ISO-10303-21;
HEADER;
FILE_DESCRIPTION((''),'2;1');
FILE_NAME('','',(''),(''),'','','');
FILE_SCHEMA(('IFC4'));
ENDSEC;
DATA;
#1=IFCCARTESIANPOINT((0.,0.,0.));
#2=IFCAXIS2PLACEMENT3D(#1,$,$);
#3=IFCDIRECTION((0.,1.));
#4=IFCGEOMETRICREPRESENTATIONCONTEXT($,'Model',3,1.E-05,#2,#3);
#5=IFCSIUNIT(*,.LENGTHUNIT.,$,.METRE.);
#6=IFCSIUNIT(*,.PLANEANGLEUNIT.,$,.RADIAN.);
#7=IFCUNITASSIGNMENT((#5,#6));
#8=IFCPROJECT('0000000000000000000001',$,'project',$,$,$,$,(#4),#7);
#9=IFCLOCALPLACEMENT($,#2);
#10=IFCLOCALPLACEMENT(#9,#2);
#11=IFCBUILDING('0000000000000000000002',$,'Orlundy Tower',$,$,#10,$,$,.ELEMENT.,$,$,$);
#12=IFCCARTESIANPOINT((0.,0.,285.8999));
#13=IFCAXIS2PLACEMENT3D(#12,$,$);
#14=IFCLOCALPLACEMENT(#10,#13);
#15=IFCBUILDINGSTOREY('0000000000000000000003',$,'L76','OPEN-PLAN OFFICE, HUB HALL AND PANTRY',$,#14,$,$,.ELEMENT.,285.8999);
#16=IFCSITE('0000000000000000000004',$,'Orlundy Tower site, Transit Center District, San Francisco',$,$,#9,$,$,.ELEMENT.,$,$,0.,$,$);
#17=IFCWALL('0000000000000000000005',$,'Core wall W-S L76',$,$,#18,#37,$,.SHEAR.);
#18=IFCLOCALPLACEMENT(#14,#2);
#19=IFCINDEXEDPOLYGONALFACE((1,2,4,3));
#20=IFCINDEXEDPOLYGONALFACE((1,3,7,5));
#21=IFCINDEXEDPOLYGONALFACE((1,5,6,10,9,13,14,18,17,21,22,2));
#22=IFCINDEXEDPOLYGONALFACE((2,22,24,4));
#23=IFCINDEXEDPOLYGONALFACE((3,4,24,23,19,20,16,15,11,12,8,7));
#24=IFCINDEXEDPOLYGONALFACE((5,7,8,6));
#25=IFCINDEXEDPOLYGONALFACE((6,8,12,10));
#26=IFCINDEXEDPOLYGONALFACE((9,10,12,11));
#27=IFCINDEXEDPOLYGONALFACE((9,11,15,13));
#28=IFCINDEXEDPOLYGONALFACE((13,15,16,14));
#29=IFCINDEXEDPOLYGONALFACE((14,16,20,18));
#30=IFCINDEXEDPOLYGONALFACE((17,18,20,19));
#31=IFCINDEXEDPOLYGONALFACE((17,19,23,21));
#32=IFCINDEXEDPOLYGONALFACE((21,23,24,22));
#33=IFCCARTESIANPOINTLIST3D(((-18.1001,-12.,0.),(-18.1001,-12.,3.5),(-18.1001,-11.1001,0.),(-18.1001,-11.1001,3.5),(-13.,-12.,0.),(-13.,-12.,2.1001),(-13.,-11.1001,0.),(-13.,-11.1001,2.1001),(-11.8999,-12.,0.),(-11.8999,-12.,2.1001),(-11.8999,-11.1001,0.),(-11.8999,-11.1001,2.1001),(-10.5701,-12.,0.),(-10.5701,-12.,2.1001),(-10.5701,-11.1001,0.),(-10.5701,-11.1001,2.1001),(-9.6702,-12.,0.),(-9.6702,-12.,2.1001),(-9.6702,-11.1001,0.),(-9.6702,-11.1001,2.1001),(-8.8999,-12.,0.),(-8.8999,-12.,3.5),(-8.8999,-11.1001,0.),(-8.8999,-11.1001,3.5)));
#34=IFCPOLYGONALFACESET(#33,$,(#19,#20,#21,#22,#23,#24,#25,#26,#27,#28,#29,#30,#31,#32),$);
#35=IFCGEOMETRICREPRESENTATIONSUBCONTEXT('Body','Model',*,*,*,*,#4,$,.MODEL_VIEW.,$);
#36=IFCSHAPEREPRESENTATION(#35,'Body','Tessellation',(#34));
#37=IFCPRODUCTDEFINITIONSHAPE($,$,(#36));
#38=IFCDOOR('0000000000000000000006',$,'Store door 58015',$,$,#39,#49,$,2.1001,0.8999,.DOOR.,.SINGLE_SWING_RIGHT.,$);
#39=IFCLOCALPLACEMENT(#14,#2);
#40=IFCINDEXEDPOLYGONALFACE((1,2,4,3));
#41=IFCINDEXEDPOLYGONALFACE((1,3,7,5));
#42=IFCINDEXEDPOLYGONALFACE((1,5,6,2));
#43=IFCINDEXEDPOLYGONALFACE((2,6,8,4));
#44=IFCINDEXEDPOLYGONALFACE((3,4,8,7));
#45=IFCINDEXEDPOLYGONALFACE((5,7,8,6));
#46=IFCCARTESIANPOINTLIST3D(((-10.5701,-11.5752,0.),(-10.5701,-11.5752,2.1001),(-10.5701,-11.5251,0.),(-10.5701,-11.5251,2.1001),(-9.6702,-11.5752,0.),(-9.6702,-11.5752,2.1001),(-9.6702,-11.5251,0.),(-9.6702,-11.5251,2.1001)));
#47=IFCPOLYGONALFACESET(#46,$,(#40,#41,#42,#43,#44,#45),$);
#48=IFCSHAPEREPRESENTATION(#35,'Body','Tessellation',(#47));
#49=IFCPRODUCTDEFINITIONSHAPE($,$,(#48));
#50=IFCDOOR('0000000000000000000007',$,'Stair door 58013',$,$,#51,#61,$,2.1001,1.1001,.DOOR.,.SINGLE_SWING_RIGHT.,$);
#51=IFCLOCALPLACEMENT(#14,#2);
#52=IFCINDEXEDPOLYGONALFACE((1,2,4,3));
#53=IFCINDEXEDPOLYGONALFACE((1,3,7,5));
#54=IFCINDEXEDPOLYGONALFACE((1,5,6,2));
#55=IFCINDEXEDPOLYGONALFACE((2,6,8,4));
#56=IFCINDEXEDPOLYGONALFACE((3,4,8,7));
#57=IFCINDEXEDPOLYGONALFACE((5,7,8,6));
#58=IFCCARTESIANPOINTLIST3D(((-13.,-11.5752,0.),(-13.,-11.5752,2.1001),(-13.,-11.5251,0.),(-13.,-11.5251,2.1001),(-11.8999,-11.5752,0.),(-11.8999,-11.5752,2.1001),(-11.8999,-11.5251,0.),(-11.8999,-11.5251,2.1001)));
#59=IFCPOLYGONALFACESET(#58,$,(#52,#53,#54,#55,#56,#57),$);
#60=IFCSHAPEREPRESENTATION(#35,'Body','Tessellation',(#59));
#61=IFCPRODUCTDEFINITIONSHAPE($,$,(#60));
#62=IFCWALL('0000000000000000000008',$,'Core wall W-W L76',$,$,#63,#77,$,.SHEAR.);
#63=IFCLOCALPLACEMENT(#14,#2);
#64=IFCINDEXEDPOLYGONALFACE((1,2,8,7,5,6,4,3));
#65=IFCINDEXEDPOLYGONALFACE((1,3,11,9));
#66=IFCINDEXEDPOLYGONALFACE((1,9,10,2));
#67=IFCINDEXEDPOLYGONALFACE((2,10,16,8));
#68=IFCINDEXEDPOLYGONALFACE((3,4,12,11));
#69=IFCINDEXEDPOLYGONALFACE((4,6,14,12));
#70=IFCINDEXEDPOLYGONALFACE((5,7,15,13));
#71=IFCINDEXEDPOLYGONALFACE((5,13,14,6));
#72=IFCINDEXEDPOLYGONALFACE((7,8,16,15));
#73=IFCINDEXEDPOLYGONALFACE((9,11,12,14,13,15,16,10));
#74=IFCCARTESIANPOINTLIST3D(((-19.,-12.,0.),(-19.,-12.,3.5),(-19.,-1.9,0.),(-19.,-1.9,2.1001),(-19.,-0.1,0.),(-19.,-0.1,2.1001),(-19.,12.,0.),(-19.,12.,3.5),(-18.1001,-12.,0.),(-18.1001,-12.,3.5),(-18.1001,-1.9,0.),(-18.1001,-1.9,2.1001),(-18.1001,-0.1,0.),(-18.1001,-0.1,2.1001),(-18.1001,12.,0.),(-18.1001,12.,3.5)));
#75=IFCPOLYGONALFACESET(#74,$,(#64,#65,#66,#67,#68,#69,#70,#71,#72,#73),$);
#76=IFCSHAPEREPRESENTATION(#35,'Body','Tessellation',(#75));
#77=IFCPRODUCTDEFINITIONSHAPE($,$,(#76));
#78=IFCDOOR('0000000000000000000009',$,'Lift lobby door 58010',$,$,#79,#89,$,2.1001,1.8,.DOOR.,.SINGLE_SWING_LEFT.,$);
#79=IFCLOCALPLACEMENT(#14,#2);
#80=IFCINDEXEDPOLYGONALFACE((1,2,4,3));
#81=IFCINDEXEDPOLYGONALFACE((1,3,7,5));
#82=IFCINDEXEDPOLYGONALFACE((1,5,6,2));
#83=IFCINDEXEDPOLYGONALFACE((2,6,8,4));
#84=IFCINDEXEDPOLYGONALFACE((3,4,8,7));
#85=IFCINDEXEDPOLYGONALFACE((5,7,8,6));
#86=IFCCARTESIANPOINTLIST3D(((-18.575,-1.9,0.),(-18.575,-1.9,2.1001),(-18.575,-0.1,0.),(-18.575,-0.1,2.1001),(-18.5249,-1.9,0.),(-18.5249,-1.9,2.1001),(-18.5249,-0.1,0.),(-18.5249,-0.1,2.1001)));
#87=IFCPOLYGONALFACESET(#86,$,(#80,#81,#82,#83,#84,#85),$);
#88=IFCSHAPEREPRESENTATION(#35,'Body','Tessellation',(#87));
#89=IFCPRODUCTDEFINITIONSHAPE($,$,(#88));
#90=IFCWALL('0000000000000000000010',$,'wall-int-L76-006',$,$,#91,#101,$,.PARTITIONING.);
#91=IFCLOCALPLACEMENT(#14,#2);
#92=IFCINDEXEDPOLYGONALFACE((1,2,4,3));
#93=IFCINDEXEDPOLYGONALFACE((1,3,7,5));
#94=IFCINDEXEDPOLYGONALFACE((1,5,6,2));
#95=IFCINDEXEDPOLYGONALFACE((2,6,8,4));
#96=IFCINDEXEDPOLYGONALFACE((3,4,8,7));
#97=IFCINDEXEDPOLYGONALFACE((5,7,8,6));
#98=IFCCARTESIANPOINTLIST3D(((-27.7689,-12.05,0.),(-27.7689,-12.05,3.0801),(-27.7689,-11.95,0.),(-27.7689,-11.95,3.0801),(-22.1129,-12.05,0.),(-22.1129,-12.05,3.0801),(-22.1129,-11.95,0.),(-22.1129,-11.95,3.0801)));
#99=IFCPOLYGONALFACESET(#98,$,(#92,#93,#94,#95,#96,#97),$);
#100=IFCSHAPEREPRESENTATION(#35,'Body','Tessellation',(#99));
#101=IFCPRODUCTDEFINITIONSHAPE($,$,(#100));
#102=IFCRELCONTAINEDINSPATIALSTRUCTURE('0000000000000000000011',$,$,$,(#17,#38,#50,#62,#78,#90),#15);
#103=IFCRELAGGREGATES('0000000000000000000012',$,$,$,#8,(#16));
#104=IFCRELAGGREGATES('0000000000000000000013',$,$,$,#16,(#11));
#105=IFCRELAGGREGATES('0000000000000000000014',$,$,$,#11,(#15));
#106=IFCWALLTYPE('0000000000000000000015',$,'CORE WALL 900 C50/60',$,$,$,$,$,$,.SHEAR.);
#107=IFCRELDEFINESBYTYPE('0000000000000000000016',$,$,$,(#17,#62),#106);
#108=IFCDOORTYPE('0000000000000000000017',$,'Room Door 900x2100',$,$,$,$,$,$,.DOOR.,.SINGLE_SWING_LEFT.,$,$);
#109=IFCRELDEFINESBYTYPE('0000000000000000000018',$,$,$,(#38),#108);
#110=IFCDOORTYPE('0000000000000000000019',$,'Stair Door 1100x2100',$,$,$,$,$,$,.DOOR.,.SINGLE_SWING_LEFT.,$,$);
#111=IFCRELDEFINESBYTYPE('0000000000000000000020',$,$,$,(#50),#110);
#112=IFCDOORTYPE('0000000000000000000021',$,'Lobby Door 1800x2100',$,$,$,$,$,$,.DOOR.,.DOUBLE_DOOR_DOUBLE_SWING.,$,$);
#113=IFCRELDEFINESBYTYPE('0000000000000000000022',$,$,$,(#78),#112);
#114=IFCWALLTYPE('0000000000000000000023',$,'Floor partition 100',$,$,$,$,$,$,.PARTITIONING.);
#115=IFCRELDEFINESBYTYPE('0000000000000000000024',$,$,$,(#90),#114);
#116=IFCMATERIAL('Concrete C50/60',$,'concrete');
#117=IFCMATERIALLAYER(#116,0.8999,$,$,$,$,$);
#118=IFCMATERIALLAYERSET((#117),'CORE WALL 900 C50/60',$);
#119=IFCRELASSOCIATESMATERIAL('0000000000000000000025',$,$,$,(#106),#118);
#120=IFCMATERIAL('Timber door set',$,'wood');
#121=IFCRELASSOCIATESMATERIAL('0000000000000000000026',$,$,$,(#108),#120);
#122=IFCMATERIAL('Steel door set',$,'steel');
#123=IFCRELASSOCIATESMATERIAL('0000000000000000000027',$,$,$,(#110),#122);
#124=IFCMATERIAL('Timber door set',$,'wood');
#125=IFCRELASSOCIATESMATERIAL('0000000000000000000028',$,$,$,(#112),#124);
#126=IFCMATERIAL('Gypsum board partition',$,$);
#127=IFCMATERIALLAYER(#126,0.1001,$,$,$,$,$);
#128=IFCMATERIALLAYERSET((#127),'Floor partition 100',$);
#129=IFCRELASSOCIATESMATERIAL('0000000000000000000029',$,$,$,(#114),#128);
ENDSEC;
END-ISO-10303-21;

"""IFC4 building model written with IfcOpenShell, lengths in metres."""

from ifc_helpers import new_model, si_unit, direction, frame, frame_2d, origin, place, context, subcontext, project, spatial, rectangle, extrude, material, layer, layer_set, type_object, element, fill, save


model = new_model("IFC4")

# Units and contexts
model_context = context("Model", 3, precision=1e-05, world=origin(), true_north=direction((0.0, 1.0)))
body_context = subcontext(model_context, "Body", "Model", "MODEL_VIEW")
ifc_project = project(units=[si_unit("LENGTHUNIT", "METRE"), si_unit("PLANEANGLEUNIT", "RADIAN")], contexts=[model_context])

# Site, building, storey
site_placement = place(None, origin())
site = spatial("IfcSite", under=ifc_project, at=site_placement, Name="Orlundy Tower site, Transit Center District, San Francisco", CompositionType="ELEMENT", RefElevation=0.0)
building_placement = place(site_placement, origin())
building = spatial("IfcBuilding", under=site, at=building_placement, Name="Orlundy Tower", CompositionType="ELEMENT")
storey_placement = place(building_placement, frame((0.0, 0.0, 285.8999)))
storey = spatial("IfcBuildingStorey", under=building, at=storey_placement, Name="L76", Description="OPEN-PLAN OFFICE, HUB HALL AND PANTRY", CompositionType="ELEMENT", Elevation=285.8999)

# Wall, openings, doors
ifc_material_1 = material(Name="Concrete C50/60", Category="concrete")
ifc_layer_1 = layer(ifc_material_1, 0.8999)
ifc_layer_set_1 = layer_set([ifc_layer_1], Name="CORE WALL 900 C50/60")
wall_type_1 = type_object("IfcWallType", Name="CORE WALL 900 C50/60", PredefinedType="SHEAR", material=ifc_layer_set_1)
wall_1_placement = place(storey_placement, frame((-18.1001, -11.55, 0.0), z_axis=(0.0, 0.0, 1.0), x_axis=(1.0, 0.0, 0.0)))
wall_1 = element("IfcWall", 1, at=wall_1_placement, inside=storey, type_object=wall_type_1, Name="Core wall W-S L76", PredefinedType="SHEAR", context=body_context, shape_type="SweptSolid", body=[
    extrude(rectangle(XDim=9.2002, YDim=0.8999, at=frame_2d((4.6001, 0.0))), origin(), (0.0, 0.0, 1.0), 3.5),
])
opening_1_placement = place(wall_1_placement, frame((5.1001, 0.0, 0.0)))
opening_1 = element("IfcOpeningElement", 2, at=opening_1_placement, cuts=wall_1, PredefinedType="OPENING", context=body_context, shape_type="SweptSolid", body=[
    extrude(rectangle(XDim=1.1001, YDim=2.1001, at=frame_2d((0.55, 1.05))), frame((0.0, 0.46, 0.0), z_axis=(0.0, -1.0, 0.0), x_axis=(1.0, 0.0, 0.0)), (0.0, 0.0, 1.0), 0.9199),
])
opening_2_placement = place(wall_1_placement, frame((7.53, 0.0, 0.0)))
opening_2 = element("IfcOpeningElement", 3, at=opening_2_placement, cuts=wall_1, PredefinedType="OPENING", context=body_context, shape_type="SweptSolid", body=[
    extrude(rectangle(XDim=0.8999, YDim=2.1001, at=frame_2d((0.45, 1.05))), frame((0.0, 0.46, 0.0), z_axis=(0.0, -1.0, 0.0), x_axis=(1.0, 0.0, 0.0)), (0.0, 0.0, 1.0), 0.9199),
])
ifc_material_2 = material(Name="Timber door set", Category="wood")
door_type_1 = type_object("IfcDoorType", Name="Room Door 900x2100", OperationType="SINGLE_SWING_LEFT", PredefinedType="DOOR", material=ifc_material_2)
door_1_placement = place(opening_2_placement, origin())
door_1 = element("IfcDoor", 4, at=door_1_placement, inside=storey, type_object=door_type_1, Name="Store door 58015", OperationType="SINGLE_SWING_RIGHT", OverallHeight=2.1001, OverallWidth=0.8999, PredefinedType="DOOR", context=body_context, shape_type="SweptSolid", body=[
    extrude(rectangle(XDim=0.8999, YDim=2.1001, at=frame_2d((0.45, 1.05))), frame((0.0, 0.0249, 0.0), z_axis=(0.0, -1.0, 0.0), x_axis=(1.0, 0.0, 0.0)), (0.0, 0.0, 1.0), 0.05),
])
fill(opening_2, door_1)
ifc_material_3 = material(Name="Steel door set", Category="steel")
door_type_2 = type_object("IfcDoorType", Name="Stair Door 1100x2100", OperationType="SINGLE_SWING_LEFT", PredefinedType="DOOR", material=ifc_material_3)
door_2_placement = place(opening_1_placement, origin())
door_2 = element("IfcDoor", 5, at=door_2_placement, inside=storey, type_object=door_type_2, Name="Stair door 58013", OperationType="SINGLE_SWING_RIGHT", OverallHeight=2.1001, OverallWidth=1.1001, PredefinedType="DOOR", context=body_context, shape_type="SweptSolid", body=[
    extrude(rectangle(XDim=1.1001, YDim=2.1001, at=frame_2d((0.55, 1.05))), frame((0.0, 0.0249, 0.0), z_axis=(0.0, -1.0, 0.0), x_axis=(1.0, 0.0, 0.0)), (0.0, 0.0, 1.0), 0.05),
])
fill(opening_1, door_2)

# Wall, opening, door
wall_2_placement = place(storey_placement, frame((-18.55, -12.0, 0.0), z_axis=(0.0, 0.0, 1.0), x_axis=(0.0, 1.0, 0.0)))
wall_2 = element("IfcWall", 6, at=wall_2_placement, inside=storey, type_object=wall_type_1, Name="Core wall W-W L76", PredefinedType="SHEAR", context=body_context, shape_type="SweptSolid", body=[
    extrude(rectangle(XDim=24.0, YDim=0.8999, at=frame_2d((12.0, 0.0))), origin(), (0.0, 0.0, 1.0), 3.5),
])
opening_3_placement = place(wall_2_placement, frame((10.1001, 0.0, 0.0)))
opening_3 = element("IfcOpeningElement", 7, at=opening_3_placement, cuts=wall_2, PredefinedType="OPENING", context=body_context, shape_type="SweptSolid", body=[
    extrude(rectangle(XDim=1.8, YDim=2.1001, at=frame_2d((0.8999, 1.05))), frame((0.0, 0.46, 0.0), z_axis=(0.0, -1.0, 0.0), x_axis=(1.0, 0.0, 0.0)), (0.0, 0.0, 1.0), 0.9199),
])
ifc_material_4 = material(Name="Timber door set", Category="wood")
door_type_3 = type_object("IfcDoorType", Name="Lobby Door 1800x2100", OperationType="DOUBLE_DOOR_DOUBLE_SWING", PredefinedType="DOOR", material=ifc_material_4)
door_3_placement = place(opening_3_placement, origin())
door_3 = element("IfcDoor", 8, at=door_3_placement, inside=storey, type_object=door_type_3, Name="Lift lobby door 58010", OperationType="SINGLE_SWING_LEFT", OverallHeight=2.1001, OverallWidth=1.8, PredefinedType="DOOR", context=body_context, shape_type="SweptSolid", body=[
    extrude(rectangle(XDim=1.8, YDim=2.1001, at=frame_2d((0.8999, 1.05))), frame((0.0, 0.0249, 0.0), z_axis=(0.0, -1.0, 0.0), x_axis=(1.0, 0.0, 0.0)), (0.0, 0.0, 1.0), 0.05),
])
fill(opening_3, door_3)

# Wall
ifc_material_5 = material(Name="Gypsum board partition")
ifc_layer_2 = layer(ifc_material_5, 0.1001)
ifc_layer_set_2 = layer_set([ifc_layer_2], Name="Floor partition 100")
wall_type_2 = type_object("IfcWallType", Name="Floor partition 100", PredefinedType="PARTITIONING", material=ifc_layer_set_2)
wall_3_placement = place(storey_placement, frame((-27.769, -12.0, 0.0), z_axis=(0.0, 0.0, 1.0), x_axis=(1.0, 0.0, 0.0)))
element("IfcWall", 9, at=wall_3_placement, inside=storey, type_object=wall_type_2, Name="wall-int-L76-006", PredefinedType="PARTITIONING", context=body_context, shape_type="SweptSolid", body=[
    extrude(rectangle(XDim=5.656, YDim=0.1001, at=frame_2d((2.8281, 0.0))), origin(), (0.0, 0.0, 1.0), 3.0801),
])

save(model, "model.ifc")
